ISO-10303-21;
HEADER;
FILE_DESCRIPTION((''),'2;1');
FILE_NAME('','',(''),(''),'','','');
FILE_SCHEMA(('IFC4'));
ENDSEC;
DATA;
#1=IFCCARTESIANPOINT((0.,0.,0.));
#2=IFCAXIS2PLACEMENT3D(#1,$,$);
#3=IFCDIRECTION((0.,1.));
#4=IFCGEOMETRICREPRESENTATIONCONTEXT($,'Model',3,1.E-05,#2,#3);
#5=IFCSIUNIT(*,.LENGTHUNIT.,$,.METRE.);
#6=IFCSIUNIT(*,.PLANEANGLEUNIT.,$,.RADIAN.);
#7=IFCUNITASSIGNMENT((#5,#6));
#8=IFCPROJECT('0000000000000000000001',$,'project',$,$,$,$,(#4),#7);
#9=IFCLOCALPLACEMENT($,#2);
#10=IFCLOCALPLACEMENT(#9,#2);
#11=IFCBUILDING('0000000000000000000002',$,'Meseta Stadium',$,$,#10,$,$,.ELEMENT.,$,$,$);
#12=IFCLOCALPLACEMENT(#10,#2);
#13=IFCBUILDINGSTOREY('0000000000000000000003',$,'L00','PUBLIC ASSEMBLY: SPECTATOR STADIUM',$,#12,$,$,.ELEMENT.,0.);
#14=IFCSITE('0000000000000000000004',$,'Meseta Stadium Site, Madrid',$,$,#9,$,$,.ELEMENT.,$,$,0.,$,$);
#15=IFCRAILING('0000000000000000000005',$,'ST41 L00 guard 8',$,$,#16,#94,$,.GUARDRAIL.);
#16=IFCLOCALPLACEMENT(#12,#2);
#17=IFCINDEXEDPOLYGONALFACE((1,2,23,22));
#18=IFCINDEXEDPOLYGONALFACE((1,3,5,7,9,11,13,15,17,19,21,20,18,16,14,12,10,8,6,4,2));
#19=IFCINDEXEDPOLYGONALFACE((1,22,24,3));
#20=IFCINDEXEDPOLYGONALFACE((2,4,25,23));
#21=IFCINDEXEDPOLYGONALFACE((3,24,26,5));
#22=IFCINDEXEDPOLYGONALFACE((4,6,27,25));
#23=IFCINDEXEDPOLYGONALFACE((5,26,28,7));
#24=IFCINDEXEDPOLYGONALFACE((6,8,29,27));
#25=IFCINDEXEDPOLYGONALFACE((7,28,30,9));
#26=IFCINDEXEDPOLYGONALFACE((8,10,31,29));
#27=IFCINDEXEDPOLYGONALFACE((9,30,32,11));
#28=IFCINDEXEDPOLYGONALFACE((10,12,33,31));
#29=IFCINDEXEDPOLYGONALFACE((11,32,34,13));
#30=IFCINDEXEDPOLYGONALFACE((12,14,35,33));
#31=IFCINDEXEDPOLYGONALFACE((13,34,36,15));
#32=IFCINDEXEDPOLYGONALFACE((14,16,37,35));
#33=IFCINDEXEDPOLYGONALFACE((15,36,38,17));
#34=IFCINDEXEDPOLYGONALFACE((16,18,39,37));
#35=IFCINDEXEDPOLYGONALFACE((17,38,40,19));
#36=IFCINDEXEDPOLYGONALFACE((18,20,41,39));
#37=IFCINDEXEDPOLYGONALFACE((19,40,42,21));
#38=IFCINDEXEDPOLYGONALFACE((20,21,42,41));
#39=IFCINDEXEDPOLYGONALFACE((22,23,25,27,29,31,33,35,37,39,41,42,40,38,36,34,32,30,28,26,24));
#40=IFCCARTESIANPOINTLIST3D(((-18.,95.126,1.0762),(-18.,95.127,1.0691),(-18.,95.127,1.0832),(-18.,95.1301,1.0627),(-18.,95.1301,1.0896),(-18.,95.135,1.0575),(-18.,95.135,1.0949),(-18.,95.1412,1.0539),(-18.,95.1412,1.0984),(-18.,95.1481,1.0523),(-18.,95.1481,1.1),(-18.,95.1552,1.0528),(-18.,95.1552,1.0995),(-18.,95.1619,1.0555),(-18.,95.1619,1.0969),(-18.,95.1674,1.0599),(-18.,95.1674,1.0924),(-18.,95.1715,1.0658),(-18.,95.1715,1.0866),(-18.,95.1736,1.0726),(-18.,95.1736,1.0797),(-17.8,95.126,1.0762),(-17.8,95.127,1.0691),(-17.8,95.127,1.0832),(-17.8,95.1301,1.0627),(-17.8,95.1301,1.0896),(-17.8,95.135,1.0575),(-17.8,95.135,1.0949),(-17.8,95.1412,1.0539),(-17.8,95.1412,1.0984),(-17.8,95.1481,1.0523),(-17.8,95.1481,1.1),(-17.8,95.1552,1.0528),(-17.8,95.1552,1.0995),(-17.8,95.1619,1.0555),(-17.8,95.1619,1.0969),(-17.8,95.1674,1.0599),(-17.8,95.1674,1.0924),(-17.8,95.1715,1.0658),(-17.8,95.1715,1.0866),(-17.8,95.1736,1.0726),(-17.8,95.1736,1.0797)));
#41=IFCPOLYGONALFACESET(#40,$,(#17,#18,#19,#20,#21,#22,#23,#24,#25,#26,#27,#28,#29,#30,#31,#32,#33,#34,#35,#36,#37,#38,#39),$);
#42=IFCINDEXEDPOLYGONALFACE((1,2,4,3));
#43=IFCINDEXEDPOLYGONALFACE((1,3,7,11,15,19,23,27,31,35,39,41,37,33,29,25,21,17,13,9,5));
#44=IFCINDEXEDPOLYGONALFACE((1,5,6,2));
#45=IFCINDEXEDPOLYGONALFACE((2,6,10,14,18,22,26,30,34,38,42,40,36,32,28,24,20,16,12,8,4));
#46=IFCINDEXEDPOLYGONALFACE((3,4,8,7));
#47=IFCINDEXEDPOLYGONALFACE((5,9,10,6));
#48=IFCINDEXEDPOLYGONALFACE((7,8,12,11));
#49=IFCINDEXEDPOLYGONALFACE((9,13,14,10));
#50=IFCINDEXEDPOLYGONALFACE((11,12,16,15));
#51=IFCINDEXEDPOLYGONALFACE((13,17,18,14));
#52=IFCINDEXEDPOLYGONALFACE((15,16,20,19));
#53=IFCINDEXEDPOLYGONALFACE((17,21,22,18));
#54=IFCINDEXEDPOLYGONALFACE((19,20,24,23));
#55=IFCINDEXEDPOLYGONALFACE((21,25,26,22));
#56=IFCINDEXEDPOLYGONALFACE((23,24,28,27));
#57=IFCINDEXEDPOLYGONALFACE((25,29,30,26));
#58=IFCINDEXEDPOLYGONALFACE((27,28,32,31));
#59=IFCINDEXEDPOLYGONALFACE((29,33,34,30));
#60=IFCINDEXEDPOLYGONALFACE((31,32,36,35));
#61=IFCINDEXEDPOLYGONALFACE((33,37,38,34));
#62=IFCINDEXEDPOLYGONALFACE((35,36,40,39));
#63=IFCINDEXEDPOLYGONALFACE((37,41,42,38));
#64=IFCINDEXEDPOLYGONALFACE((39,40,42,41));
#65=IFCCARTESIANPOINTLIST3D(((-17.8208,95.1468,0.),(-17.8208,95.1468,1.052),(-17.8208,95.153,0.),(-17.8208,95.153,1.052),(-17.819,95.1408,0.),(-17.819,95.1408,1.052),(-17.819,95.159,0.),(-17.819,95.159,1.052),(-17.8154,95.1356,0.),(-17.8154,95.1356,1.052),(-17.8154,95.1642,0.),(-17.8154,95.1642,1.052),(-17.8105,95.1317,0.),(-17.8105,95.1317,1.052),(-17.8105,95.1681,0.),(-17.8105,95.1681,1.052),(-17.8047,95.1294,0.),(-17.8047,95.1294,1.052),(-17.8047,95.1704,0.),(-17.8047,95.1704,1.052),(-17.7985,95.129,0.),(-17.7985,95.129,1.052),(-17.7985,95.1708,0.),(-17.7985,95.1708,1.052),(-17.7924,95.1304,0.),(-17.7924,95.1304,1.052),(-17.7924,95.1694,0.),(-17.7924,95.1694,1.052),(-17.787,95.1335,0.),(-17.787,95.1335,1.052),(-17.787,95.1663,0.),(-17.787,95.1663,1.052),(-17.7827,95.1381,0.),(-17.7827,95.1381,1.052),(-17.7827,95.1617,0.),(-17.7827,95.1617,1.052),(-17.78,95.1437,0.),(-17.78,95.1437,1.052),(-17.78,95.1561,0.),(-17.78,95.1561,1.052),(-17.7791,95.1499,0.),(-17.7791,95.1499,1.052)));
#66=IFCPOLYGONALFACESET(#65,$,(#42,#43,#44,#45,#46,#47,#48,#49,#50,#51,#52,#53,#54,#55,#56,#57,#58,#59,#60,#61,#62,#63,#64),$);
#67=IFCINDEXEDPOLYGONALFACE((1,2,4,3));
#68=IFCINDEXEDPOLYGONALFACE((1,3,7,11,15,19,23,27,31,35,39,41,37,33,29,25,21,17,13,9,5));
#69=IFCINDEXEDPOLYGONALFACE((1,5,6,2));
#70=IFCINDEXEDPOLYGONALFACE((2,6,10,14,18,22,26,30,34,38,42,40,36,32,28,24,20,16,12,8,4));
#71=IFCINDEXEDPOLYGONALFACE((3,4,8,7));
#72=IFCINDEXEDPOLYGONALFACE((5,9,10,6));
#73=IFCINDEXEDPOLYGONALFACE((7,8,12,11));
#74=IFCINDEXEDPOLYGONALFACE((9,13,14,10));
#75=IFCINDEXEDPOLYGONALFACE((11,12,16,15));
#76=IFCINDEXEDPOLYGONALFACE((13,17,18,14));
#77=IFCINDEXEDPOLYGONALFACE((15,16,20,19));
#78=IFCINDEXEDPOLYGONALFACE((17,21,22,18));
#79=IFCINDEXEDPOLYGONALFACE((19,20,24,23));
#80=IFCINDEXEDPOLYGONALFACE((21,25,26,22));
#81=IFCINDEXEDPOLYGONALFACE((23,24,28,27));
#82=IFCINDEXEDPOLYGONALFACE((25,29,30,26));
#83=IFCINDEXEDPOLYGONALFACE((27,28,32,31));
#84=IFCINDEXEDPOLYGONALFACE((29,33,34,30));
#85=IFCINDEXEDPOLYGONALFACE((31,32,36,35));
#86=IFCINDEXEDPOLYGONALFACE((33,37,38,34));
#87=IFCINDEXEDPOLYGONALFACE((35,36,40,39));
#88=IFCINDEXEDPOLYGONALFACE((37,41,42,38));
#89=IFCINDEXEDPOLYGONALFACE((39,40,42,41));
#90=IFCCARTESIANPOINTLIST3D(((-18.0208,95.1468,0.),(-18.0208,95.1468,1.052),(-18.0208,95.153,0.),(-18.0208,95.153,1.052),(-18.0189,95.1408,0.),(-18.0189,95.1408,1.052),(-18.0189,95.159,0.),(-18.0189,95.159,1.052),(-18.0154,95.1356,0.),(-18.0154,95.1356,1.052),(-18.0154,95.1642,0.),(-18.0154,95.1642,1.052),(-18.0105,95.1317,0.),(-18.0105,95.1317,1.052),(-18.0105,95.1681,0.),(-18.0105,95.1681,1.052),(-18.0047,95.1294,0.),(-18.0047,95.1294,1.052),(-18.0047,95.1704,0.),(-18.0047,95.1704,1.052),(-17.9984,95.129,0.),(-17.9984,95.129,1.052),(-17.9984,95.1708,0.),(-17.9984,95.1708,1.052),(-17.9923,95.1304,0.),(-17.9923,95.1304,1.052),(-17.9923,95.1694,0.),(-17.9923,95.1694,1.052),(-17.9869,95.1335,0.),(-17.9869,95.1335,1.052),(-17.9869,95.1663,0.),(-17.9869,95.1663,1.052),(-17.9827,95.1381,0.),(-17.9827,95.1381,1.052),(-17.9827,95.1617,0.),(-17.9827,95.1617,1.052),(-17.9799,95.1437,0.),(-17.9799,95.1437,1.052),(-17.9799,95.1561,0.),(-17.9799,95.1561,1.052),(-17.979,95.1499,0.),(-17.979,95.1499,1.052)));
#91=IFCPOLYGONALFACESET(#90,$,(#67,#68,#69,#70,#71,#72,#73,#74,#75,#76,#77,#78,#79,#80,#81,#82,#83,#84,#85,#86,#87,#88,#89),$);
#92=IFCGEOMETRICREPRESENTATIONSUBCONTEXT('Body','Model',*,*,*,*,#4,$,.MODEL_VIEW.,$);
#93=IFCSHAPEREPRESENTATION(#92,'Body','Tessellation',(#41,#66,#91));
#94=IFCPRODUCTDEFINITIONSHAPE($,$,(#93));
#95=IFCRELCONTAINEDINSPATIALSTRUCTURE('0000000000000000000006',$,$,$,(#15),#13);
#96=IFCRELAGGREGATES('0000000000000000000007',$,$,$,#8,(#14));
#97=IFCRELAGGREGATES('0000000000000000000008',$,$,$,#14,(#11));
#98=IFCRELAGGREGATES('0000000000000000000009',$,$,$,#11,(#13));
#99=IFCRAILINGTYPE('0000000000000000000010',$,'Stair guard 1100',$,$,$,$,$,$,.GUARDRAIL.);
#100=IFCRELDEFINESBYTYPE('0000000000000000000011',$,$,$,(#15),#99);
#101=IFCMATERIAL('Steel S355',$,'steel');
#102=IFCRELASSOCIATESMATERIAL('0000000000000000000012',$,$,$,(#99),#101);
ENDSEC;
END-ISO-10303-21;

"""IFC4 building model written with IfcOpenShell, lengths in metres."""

from ifc_helpers import new_model, si_unit, direction, frame, origin, origin_2d, place, context, subcontext, project, spatial, circle, extrude, material, type_object, element, save


model = new_model("IFC4")

# Units and contexts
model_context = context("Model", 3, precision=1e-05, world=origin(), true_north=direction((0.0, 1.0)))
body_context = subcontext(model_context, "Body", "Model", "MODEL_VIEW")
ifc_project = project(units=[si_unit("LENGTHUNIT", "METRE"), si_unit("PLANEANGLEUNIT", "RADIAN")], contexts=[model_context])

# Site, building, storey
site_placement = place(None, origin())
site = spatial("IfcSite", under=ifc_project, at=site_placement, Name="Meseta Stadium Site, Madrid", CompositionType="ELEMENT", RefElevation=0.0)
building_placement = place(site_placement, origin())
building = spatial("IfcBuilding", under=site, at=building_placement, Name="Meseta Stadium", CompositionType="ELEMENT")
storey_placement = place(building_placement, origin())
storey = spatial("IfcBuildingStorey", under=building, at=storey_placement, Name="L00", Description="PUBLIC ASSEMBLY: SPECTATOR STADIUM", CompositionType="ELEMENT", Elevation=0.0)

# Railing
ifc_material_1 = material(Name="Steel S355", Category="steel")
railing_type_1 = type_object("IfcRailingType", Name="Stair guard 1100", PredefinedType="GUARDRAIL", material=ifc_material_1)
railing_1_placement = place(storey_placement, frame((-17.8, 95.1499, 0.0)))
element("IfcRailing", 1, at=railing_1_placement, inside=storey, type_object=railing_type_1, Name="ST41 L00 guard 8", PredefinedType="GUARDRAIL", context=body_context, shape_type="SweptSolid", body=[
    extrude(circle(Radius=0.0239, at=origin_2d()), frame((0.0, 0.0, 1.0762), z_axis=(-1.0, 0.0, 0.0), x_axis=(0.0, -1.0, 0.0)), (0.0, 0.0, 1.0), 0.2),
    extrude(circle(Radius=0.021, at=origin_2d()), origin(), (0.0, 0.0, 1.0), 1.052),
    extrude(circle(Radius=0.021, at=origin_2d()), frame((-0.2, 0.0, 0.0)), (0.0, 0.0, 1.0), 1.052),
])

save(model, "model.ifc")
